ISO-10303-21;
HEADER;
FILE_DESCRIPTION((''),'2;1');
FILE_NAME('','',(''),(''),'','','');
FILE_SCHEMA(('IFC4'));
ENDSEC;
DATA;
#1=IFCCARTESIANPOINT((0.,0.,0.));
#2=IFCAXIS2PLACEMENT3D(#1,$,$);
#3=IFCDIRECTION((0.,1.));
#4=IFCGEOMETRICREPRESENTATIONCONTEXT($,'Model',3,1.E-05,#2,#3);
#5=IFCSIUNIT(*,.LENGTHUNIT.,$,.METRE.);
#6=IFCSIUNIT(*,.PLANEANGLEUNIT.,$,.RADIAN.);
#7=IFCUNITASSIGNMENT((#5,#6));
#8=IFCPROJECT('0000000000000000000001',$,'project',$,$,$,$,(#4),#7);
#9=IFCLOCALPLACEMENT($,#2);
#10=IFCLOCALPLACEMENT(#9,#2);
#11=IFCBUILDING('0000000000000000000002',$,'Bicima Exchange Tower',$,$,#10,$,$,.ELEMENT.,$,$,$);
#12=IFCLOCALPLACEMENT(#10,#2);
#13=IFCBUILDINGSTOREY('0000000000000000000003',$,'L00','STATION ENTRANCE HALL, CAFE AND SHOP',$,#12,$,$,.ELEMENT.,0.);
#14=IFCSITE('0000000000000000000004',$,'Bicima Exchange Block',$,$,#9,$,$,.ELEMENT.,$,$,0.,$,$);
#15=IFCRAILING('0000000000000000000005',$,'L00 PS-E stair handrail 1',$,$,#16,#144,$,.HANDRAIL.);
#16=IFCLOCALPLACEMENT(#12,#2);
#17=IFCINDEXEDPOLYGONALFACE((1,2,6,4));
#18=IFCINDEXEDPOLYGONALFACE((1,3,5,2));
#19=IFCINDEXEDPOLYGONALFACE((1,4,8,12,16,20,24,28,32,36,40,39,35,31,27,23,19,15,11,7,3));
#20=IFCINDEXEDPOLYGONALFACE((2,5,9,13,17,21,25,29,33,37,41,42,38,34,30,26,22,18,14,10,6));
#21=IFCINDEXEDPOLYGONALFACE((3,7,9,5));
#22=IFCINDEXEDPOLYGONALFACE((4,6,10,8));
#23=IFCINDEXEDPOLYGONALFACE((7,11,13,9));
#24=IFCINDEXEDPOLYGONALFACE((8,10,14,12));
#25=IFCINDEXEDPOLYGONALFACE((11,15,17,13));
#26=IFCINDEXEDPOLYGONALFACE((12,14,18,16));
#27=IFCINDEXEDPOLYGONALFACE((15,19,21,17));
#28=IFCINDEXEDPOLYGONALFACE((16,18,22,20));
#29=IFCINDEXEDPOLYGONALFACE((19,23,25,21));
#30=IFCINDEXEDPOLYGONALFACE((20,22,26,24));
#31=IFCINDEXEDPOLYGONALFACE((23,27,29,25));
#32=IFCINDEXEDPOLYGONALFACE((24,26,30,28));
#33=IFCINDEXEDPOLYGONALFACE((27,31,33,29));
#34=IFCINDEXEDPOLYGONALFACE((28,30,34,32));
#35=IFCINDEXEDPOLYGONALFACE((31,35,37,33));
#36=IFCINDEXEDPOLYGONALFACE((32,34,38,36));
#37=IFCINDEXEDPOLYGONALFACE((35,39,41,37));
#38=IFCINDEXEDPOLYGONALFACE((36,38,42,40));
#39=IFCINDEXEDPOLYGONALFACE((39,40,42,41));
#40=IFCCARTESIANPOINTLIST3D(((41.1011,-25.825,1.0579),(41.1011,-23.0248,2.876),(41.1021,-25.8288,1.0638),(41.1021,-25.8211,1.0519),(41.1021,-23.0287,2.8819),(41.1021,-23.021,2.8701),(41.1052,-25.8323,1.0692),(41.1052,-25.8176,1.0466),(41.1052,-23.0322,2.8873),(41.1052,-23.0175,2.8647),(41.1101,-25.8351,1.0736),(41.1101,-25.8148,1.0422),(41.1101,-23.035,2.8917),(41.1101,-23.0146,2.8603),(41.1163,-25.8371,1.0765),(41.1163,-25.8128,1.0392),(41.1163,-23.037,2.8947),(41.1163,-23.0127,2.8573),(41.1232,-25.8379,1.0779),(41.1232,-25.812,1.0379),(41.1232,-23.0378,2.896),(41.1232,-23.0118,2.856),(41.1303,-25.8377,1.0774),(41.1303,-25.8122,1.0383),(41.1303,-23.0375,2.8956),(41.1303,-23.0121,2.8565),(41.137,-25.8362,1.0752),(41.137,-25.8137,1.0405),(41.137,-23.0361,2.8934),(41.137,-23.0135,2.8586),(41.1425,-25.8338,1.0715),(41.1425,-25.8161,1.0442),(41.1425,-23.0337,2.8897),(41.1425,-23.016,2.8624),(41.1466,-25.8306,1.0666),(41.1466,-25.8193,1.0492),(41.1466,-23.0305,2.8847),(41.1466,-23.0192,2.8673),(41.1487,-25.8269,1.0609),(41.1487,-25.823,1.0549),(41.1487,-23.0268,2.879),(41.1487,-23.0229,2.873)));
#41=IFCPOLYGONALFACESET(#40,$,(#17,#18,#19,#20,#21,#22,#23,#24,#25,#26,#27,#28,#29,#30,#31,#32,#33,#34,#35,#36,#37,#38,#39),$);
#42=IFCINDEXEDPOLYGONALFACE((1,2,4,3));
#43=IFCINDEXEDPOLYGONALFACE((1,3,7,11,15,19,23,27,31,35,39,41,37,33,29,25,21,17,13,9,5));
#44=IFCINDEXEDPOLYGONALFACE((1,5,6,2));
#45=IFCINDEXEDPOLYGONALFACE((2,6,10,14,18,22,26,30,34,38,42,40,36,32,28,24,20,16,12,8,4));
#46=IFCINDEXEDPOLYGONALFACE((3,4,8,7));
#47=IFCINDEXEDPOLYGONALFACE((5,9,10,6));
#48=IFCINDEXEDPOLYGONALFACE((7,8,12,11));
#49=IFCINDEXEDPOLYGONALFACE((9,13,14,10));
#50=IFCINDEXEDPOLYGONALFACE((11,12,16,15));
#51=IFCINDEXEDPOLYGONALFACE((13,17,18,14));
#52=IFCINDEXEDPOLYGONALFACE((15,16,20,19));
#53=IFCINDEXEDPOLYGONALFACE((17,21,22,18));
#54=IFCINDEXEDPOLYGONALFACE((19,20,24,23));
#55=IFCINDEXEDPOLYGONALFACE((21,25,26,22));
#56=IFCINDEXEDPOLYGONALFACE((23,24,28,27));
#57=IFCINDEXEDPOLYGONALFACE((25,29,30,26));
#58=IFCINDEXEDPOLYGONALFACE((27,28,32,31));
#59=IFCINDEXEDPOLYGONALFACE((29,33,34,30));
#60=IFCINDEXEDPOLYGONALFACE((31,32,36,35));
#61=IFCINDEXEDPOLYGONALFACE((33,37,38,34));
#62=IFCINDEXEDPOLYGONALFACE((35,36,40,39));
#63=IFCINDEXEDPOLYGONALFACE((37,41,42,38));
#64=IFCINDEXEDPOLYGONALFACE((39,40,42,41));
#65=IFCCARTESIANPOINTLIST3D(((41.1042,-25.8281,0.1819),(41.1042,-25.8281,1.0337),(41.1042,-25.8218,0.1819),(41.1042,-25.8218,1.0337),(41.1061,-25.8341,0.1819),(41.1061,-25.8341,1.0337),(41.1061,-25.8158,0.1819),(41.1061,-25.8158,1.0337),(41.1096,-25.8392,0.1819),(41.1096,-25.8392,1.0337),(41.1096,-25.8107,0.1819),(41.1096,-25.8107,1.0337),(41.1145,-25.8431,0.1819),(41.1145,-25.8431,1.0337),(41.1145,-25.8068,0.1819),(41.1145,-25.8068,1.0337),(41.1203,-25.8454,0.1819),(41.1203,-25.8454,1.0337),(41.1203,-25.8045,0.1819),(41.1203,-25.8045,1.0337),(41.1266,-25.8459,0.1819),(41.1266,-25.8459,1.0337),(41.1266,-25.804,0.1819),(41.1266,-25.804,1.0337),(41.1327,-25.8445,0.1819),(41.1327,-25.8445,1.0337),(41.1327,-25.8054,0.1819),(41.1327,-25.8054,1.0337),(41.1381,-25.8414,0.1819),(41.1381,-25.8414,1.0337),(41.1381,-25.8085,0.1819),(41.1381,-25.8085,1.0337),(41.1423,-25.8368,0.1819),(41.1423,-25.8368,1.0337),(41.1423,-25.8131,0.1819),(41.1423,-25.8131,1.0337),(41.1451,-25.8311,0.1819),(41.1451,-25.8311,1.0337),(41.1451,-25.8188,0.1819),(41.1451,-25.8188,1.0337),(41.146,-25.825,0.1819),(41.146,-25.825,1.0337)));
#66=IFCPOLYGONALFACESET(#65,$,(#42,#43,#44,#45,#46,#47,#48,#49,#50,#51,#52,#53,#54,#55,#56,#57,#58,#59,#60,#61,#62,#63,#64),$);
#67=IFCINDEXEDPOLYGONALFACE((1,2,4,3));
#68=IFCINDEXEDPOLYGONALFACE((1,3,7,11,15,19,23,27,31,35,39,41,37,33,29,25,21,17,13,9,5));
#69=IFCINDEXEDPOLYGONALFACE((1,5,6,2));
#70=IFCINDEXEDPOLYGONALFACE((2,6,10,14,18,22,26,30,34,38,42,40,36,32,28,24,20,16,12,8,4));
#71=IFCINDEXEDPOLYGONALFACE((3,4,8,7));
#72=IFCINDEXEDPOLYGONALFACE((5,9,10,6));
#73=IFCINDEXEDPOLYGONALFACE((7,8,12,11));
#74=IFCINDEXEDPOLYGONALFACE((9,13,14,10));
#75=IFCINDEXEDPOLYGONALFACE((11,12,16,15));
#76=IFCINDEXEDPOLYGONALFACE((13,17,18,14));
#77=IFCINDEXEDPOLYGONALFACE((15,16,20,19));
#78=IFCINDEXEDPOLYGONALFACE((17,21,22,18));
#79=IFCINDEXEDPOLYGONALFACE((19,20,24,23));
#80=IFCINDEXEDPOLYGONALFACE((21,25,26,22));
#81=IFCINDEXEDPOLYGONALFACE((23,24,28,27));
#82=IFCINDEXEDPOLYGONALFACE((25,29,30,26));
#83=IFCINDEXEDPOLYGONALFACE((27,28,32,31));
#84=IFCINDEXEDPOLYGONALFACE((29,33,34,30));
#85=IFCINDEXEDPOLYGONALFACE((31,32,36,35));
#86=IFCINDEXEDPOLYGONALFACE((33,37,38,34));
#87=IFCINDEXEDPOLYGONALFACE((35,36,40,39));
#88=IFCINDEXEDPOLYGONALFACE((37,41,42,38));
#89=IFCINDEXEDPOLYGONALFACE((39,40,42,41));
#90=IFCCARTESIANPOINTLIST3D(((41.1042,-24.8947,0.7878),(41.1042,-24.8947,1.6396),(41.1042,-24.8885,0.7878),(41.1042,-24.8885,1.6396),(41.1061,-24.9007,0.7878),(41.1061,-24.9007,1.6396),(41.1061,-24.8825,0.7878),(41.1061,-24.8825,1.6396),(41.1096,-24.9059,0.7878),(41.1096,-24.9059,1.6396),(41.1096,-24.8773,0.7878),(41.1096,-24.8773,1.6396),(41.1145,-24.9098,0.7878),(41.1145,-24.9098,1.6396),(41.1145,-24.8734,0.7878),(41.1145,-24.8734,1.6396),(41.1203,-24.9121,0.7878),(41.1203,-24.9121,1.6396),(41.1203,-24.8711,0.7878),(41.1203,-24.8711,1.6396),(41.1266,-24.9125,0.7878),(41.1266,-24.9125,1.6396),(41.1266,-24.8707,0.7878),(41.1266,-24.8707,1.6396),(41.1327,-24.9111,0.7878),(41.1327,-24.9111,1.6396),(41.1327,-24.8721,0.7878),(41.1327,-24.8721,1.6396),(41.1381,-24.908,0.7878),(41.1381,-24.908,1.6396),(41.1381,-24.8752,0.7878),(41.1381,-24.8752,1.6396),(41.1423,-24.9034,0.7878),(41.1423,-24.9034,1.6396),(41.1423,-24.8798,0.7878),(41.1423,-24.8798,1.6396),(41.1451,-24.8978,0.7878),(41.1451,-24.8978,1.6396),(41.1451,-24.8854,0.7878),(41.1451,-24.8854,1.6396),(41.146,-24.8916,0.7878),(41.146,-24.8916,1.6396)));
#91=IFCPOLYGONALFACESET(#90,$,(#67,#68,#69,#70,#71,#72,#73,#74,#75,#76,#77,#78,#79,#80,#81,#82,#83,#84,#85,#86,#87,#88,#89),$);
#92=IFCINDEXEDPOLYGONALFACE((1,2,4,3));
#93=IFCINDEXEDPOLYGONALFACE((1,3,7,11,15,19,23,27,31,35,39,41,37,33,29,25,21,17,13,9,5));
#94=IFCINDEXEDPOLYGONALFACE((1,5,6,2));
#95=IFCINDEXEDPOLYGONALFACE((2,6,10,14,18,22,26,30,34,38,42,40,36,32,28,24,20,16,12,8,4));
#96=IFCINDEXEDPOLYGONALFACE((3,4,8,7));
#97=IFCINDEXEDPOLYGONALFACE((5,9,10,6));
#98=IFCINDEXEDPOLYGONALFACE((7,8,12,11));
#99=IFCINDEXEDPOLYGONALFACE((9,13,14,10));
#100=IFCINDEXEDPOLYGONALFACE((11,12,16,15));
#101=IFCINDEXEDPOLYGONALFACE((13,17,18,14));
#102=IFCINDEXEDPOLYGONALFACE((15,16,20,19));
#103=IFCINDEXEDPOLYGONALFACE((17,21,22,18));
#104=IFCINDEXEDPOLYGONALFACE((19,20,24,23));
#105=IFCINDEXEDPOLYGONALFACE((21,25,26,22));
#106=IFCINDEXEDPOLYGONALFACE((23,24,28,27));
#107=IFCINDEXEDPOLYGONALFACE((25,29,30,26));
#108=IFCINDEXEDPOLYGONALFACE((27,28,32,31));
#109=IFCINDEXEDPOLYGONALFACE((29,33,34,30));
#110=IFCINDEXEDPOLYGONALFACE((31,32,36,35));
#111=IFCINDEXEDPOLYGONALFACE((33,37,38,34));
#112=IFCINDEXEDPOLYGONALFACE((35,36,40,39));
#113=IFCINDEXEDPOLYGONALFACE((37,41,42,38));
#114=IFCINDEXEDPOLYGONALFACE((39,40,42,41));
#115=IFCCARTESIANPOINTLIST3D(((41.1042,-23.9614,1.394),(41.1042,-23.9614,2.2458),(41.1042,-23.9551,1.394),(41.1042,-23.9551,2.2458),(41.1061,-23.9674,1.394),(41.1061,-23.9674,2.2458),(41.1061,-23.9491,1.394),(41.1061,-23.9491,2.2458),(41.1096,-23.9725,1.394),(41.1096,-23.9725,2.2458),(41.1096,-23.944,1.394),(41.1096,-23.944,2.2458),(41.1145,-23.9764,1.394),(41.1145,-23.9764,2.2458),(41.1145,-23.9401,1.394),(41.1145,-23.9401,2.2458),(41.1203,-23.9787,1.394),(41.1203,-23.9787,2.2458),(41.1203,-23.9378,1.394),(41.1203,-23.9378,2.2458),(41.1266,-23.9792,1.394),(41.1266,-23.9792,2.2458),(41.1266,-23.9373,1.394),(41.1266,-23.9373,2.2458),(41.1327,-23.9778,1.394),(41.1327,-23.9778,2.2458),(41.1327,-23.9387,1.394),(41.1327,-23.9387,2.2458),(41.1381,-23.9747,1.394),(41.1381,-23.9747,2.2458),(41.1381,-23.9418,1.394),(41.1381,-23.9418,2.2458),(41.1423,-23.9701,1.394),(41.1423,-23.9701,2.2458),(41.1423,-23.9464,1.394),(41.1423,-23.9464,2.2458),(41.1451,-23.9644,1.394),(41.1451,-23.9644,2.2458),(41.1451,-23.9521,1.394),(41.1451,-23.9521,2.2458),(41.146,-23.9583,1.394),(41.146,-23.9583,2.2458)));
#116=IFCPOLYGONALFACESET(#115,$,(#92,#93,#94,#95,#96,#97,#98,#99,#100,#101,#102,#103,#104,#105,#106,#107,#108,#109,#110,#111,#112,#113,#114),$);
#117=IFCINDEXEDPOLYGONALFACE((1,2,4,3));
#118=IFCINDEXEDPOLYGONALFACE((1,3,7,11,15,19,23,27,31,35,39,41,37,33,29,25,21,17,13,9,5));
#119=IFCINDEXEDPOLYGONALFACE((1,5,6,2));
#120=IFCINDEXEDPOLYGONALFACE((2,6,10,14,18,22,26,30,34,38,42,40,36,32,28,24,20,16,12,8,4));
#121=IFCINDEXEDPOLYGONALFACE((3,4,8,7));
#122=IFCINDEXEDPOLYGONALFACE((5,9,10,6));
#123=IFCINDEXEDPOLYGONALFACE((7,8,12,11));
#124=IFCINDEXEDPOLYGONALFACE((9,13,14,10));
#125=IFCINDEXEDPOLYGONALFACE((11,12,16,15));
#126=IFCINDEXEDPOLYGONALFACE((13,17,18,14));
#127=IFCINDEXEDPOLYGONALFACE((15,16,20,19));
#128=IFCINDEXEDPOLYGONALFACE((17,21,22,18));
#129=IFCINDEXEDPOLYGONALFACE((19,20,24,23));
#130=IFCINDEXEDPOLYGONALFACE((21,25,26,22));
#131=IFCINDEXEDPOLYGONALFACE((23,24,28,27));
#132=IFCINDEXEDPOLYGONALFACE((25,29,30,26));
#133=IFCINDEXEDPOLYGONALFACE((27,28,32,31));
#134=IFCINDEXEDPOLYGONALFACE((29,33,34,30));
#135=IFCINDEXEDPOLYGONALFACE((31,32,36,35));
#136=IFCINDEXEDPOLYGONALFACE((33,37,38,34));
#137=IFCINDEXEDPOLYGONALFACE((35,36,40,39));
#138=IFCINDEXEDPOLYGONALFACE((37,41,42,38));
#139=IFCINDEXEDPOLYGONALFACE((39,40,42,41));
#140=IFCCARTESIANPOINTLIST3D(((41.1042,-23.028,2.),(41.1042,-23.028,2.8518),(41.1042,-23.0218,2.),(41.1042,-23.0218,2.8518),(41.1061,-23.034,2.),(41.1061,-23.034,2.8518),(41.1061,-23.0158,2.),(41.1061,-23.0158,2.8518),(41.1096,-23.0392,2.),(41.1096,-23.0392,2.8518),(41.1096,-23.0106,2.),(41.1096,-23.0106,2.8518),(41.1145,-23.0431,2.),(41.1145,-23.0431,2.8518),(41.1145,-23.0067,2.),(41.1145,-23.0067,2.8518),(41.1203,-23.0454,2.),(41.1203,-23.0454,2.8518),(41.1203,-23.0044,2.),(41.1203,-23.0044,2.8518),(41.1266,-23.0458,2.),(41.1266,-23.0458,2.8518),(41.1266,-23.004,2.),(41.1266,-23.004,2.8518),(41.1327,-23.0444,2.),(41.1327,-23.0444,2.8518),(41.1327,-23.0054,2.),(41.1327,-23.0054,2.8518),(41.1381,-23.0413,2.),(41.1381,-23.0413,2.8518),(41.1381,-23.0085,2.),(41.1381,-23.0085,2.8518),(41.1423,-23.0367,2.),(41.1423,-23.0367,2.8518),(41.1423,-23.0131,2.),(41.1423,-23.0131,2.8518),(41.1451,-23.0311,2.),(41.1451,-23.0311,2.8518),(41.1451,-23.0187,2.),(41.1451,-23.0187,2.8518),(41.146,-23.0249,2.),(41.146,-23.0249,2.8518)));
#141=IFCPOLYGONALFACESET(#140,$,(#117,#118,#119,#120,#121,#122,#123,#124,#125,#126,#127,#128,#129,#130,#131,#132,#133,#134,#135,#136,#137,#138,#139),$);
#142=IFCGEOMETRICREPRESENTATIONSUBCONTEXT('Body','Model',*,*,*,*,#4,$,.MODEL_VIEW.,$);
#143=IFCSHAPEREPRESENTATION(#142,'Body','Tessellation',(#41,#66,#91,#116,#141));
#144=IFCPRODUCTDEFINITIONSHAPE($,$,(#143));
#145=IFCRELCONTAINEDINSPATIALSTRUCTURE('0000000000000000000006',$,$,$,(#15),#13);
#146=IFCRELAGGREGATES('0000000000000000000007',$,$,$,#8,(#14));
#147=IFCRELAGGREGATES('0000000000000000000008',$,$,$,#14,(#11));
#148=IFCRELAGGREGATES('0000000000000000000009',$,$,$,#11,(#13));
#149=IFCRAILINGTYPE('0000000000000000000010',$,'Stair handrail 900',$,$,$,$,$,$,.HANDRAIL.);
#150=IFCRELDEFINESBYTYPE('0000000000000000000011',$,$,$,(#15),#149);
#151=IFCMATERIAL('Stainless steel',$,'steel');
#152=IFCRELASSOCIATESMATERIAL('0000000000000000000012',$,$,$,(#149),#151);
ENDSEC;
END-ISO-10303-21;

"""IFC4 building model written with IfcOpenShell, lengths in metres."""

from ifc_helpers import new_model, si_unit, direction, frame, origin, origin_2d, place, context, subcontext, project, spatial, circle, extrude, material, type_object, element, save


model = new_model("IFC4")

# Units and contexts
model_context = context("Model", 3, precision=1e-05, world=origin(), true_north=direction((0.0, 1.0)))
body_context = subcontext(model_context, "Body", "Model", "MODEL_VIEW")
ifc_project = project(units=[si_unit("LENGTHUNIT", "METRE"), si_unit("PLANEANGLEUNIT", "RADIAN")], contexts=[model_context])

# Site, building, storey
site_placement = place(None, origin())
site = spatial("IfcSite", under=ifc_project, at=site_placement, Name="Bicima Exchange Block", CompositionType="ELEMENT", RefElevation=0.0)
building_placement = place(site_placement, origin())
building = spatial("IfcBuilding", under=site, at=building_placement, Name="Bicima Exchange Tower", CompositionType="ELEMENT")
storey_placement = place(building_placement, origin())
storey = spatial("IfcBuildingStorey", under=building, at=storey_placement, Name="L00", Description="STATION ENTRANCE HALL, CAFE AND SHOP", CompositionType="ELEMENT", Elevation=0.0)

# Railing
ifc_material_1 = material(Name="Stainless steel", Category="steel")
railing_type = type_object("IfcRailingType", Name="Stair handrail 900", PredefinedType="HANDRAIL", material=ifc_material_1)
railing_1_placement = place(storey_placement, frame((41.125, -25.825, 0.1819)))
element("IfcRailing", 1, at=railing_1_placement, inside=storey, type_object=railing_type, Name="L00 PS-E stair handrail 1", PredefinedType="HANDRAIL", context=body_context, shape_type="SweptSolid", body=[
    extrude(circle(Radius=0.0239, at=origin_2d()), frame((0.0, 0.0, 0.876), z_axis=(0.0, 0.838706, 0.544585), x_axis=(-1.0, 0.0, 0.0)), (0.0, 0.0, 1.0), 3.3386),
    extrude(circle(Radius=0.021, at=origin_2d()), origin(), (0.0, 0.0, 1.0), 0.8518),
    extrude(circle(Radius=0.021, at=origin_2d()), frame((0.0, 0.9333, 0.606)), (0.0, 0.0, 1.0), 0.8518),
    extrude(circle(Radius=0.021, at=origin_2d()), frame((0.0, 1.8667, 1.2122)), (0.0, 0.0, 1.0), 0.8518),
    extrude(circle(Radius=0.021, at=origin_2d()), frame((0.0, 2.8, 1.8181)), (0.0, 0.0, 1.0), 0.8518),
])

save(model, "model.ifc")
